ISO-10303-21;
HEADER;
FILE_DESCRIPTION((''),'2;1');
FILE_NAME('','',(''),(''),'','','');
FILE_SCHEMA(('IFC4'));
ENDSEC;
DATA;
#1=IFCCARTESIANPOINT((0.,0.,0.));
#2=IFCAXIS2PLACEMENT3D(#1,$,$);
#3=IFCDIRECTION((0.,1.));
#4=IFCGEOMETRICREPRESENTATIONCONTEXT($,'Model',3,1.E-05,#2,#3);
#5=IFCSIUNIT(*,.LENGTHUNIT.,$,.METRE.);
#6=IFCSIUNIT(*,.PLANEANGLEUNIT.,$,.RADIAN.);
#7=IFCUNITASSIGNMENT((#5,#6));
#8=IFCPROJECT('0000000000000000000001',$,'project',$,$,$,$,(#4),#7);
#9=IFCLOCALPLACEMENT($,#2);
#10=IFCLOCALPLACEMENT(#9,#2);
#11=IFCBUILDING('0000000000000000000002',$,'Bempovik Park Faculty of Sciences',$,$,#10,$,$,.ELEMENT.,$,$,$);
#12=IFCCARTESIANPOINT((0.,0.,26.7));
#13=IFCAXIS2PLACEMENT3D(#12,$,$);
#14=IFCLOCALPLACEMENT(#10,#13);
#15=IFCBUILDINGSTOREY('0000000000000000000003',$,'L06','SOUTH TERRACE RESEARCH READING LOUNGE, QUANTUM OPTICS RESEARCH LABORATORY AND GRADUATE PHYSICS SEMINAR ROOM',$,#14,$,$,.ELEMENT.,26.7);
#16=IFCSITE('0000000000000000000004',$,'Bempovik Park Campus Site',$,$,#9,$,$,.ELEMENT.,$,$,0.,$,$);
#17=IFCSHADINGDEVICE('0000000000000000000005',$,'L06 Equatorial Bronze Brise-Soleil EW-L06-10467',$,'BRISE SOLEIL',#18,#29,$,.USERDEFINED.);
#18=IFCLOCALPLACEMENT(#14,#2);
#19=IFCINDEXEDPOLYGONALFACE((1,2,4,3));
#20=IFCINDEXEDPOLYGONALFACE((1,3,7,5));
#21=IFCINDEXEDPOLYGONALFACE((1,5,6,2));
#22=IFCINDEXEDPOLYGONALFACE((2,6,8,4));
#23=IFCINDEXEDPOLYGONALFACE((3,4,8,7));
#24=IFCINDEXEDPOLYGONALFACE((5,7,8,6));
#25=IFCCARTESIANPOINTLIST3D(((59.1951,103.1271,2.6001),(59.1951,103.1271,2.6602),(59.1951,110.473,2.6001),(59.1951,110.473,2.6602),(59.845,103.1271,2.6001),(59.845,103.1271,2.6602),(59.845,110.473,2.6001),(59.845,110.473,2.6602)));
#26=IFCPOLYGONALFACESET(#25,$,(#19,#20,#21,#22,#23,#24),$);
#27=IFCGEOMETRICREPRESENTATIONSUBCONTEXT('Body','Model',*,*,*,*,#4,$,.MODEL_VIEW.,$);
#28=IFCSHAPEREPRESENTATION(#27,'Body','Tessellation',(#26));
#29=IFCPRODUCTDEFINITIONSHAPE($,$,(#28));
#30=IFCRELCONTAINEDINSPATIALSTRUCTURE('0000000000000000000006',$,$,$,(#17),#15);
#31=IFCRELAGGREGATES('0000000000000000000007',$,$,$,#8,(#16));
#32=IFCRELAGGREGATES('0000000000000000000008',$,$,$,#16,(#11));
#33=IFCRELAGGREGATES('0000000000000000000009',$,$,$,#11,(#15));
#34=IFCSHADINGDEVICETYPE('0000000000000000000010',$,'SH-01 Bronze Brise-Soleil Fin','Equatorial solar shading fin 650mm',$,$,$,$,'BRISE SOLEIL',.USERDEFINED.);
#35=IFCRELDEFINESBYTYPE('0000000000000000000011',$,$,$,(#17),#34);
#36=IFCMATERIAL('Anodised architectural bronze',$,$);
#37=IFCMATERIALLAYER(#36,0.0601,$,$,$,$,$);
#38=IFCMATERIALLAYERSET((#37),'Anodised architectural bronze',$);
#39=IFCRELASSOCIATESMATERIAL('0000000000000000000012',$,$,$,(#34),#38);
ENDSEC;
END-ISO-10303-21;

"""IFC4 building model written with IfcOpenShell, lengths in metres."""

from ifc_helpers import new_model, si_unit, direction, frame, origin, origin_2d, place, context, subcontext, project, spatial, rectangle, extrude, material, layer, layer_set, type_object, element, save


model = new_model("IFC4")

# Units and contexts
model_context = context("Model", 3, precision=1e-05, world=origin(), true_north=direction((0.0, 1.0)))
body_context = subcontext(model_context, "Body", "Model", "MODEL_VIEW")
ifc_project = project(units=[si_unit("LENGTHUNIT", "METRE"), si_unit("PLANEANGLEUNIT", "RADIAN")], contexts=[model_context])

# Site, building, storey
site_placement = place(None, origin())
site = spatial("IfcSite", under=ifc_project, at=site_placement, Name="Bempovik Park Campus Site", CompositionType="ELEMENT", RefElevation=0.0)
building_placement = place(site_placement, origin())
building = spatial("IfcBuilding", under=site, at=building_placement, Name="Bempovik Park Faculty of Sciences", CompositionType="ELEMENT")
storey_placement = place(building_placement, frame((0.0, 0.0, 26.7)))
storey = spatial("IfcBuildingStorey", under=building, at=storey_placement, Name="L06", Description="SOUTH TERRACE RESEARCH READING LOUNGE, QUANTUM OPTICS RESEARCH LABORATORY AND GRADUATE PHYSICS SEMINAR ROOM", CompositionType="ELEMENT", Elevation=26.7)

# Shading device
ifc_material_1 = material(Name="Anodised architectural bronze")
ifc_layer_1 = layer(ifc_material_1, 0.0601)
ifc_layer_set_1 = layer_set([ifc_layer_1], Name="Anodised architectural bronze")
shading_device_type = type_object("IfcShadingDeviceType", Name="SH-01 Bronze Brise-Soleil Fin", Description="Equatorial solar shading fin 650mm", ElementType="BRISE SOLEIL", PredefinedType="USERDEFINED", material=ifc_layer_set_1)
for number, where, z_axis, x_axis, name in (
    (1, (59.52, 106.8, 2.6001), (0.0, 0.0, 1.0), (1.0, 0.0, 0.0), "L06 Equatorial Bronze Brise-Soleil EW-L06-10467"),
):
    element("IfcShadingDevice", number, at=place(storey_placement, frame(where, z_axis=z_axis, x_axis=x_axis)), inside=storey, type_object=shading_device_type, Name=name, ObjectType="BRISE SOLEIL", PredefinedType="USERDEFINED", context=body_context, shape_type="SweptSolid", body=[
        extrude(rectangle(XDim=0.6499, YDim=7.3459, at=origin_2d()), origin(), (0.0, 0.0, 1.0), 0.0601),
    ])

save(model, "model.ifc")
